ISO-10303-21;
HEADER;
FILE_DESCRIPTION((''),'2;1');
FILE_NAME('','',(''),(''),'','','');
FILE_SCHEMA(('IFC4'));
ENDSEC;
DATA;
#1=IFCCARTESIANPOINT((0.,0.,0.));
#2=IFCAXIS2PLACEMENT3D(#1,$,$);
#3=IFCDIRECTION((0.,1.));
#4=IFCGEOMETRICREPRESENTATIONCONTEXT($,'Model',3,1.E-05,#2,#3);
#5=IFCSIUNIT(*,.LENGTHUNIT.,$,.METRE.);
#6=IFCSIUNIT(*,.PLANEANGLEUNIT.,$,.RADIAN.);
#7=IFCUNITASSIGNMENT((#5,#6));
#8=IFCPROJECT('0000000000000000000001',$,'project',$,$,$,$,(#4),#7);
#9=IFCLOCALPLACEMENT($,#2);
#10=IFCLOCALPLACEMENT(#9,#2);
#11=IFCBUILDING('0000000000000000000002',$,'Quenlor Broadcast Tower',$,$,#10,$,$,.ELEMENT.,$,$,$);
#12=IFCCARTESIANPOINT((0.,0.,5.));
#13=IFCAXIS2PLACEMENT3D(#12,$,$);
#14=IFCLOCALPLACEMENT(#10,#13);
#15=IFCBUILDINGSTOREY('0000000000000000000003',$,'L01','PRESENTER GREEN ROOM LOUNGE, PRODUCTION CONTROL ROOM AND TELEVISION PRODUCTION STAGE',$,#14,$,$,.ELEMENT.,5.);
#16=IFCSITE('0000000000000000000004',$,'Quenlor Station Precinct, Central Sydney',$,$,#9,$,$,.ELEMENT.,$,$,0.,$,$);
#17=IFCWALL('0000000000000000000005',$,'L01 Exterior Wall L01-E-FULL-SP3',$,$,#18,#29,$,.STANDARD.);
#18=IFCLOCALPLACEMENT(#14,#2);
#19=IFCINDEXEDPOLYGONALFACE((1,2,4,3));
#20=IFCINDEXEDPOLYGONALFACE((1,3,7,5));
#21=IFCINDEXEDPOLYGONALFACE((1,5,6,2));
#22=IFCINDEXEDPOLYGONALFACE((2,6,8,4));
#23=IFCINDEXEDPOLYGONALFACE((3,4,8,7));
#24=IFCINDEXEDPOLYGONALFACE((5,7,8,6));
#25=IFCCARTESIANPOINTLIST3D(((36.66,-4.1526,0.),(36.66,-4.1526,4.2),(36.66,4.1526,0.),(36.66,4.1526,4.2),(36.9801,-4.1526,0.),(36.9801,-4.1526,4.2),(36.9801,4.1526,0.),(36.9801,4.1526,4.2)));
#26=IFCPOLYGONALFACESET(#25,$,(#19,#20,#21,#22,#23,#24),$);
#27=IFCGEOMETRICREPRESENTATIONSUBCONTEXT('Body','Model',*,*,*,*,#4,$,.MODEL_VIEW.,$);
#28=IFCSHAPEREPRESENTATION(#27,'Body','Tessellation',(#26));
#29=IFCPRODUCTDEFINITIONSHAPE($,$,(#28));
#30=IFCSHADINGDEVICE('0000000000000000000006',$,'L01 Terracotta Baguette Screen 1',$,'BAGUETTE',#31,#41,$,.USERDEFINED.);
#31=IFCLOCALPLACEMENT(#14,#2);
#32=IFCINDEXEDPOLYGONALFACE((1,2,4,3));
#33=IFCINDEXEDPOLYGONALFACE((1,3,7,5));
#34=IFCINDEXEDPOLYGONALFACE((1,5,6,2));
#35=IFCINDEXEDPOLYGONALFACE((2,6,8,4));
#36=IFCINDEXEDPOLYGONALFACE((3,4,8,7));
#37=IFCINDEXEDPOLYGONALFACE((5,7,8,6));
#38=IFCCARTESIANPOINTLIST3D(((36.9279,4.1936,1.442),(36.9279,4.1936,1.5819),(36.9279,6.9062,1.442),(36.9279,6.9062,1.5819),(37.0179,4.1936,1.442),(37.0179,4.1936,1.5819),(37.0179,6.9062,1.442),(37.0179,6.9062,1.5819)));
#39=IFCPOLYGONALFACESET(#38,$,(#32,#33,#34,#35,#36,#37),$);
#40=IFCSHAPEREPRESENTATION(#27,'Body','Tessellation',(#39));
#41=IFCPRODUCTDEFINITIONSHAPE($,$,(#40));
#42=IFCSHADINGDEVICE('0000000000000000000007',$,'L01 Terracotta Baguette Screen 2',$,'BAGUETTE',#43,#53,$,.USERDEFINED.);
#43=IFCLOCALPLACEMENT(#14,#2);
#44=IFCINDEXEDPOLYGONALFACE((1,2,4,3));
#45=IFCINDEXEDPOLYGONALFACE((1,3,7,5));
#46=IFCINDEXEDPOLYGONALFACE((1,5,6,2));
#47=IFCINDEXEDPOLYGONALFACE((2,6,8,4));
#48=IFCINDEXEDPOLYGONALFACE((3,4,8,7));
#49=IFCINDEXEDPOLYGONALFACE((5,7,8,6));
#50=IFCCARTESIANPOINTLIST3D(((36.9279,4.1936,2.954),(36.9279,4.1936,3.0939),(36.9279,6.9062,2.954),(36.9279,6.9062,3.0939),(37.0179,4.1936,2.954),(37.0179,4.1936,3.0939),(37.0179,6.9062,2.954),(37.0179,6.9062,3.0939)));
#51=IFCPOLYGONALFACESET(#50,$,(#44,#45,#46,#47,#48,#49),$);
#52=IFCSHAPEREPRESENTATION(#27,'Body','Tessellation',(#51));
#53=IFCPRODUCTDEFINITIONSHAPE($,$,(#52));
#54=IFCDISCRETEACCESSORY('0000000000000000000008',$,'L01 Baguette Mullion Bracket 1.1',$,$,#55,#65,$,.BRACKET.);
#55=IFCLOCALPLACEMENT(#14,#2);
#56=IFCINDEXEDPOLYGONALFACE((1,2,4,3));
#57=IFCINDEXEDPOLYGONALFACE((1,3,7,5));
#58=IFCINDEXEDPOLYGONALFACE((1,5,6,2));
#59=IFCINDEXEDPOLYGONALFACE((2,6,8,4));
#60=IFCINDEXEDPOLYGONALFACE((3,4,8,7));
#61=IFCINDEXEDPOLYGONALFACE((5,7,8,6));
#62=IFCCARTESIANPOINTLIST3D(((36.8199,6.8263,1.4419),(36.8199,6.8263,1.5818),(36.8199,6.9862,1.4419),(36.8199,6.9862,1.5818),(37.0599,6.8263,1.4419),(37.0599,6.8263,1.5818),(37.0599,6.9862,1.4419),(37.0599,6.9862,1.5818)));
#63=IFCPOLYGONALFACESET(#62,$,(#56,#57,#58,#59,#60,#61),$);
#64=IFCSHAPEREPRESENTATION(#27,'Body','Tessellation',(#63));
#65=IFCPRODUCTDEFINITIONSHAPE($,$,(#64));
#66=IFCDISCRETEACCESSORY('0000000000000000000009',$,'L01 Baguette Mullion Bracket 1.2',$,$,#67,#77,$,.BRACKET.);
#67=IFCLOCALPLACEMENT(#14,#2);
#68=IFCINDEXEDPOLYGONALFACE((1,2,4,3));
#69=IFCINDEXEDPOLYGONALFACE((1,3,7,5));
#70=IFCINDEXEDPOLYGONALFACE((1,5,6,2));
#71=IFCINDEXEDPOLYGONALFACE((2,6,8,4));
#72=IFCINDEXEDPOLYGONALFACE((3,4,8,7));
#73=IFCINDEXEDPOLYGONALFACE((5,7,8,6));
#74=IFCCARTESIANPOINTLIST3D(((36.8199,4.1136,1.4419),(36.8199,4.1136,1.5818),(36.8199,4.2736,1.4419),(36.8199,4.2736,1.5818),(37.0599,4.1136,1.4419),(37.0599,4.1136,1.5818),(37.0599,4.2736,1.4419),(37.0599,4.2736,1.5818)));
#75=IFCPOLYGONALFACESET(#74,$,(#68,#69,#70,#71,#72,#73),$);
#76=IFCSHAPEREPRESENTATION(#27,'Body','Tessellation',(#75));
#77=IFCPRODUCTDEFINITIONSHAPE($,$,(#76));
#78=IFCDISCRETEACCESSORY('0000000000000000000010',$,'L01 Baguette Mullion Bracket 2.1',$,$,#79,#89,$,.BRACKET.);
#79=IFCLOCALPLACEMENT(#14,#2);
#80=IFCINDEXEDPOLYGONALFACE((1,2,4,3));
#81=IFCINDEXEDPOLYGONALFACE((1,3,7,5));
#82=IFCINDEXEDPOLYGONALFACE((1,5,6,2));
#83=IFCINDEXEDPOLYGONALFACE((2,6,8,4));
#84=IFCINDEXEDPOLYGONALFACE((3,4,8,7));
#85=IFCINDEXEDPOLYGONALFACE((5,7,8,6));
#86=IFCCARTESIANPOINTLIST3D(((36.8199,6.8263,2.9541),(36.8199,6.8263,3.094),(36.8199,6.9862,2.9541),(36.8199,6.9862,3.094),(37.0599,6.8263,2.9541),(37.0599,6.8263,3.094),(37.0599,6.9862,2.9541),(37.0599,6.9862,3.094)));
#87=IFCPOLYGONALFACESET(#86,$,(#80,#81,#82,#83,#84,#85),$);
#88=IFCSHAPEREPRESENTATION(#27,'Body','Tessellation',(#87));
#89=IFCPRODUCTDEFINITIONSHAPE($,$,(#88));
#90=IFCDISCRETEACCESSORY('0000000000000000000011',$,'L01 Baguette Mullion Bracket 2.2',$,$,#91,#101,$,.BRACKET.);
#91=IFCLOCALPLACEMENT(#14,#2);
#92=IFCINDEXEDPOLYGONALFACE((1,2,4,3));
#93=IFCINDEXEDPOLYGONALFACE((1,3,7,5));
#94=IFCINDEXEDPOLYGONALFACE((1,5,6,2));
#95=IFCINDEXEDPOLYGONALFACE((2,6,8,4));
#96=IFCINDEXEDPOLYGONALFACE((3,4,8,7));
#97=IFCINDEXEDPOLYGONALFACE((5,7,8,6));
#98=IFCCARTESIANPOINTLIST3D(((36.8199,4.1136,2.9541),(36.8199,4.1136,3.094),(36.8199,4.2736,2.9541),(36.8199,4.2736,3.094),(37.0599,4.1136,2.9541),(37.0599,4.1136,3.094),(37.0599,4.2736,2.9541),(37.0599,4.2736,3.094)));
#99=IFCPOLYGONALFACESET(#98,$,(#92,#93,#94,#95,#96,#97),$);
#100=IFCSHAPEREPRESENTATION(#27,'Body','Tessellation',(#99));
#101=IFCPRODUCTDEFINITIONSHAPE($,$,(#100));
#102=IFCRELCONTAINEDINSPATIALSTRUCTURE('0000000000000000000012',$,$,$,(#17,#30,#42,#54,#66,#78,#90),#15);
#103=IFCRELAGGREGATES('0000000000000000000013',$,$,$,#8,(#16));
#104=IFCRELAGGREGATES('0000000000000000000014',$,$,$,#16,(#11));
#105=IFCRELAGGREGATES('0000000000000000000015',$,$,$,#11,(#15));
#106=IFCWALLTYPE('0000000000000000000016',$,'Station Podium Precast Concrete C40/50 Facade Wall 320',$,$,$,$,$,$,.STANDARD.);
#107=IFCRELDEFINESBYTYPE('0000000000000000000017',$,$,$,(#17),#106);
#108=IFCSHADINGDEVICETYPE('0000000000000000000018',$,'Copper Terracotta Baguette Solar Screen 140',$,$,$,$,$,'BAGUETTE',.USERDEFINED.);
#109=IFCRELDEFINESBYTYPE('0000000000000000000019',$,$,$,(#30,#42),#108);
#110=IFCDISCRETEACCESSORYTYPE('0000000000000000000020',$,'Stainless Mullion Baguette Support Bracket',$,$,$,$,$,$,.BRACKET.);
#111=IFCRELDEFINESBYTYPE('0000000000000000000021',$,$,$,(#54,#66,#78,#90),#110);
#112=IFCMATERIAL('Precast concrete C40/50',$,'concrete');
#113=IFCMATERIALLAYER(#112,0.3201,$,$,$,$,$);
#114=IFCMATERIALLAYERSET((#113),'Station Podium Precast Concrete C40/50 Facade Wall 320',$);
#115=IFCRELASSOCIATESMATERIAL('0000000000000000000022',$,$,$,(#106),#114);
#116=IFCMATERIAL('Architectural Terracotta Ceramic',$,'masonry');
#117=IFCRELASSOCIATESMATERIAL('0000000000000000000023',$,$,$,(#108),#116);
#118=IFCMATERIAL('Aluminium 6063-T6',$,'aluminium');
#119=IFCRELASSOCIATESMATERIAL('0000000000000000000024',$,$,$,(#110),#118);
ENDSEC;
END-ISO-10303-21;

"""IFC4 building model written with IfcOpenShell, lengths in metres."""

from ifc_helpers import new_model, si_unit, direction, frame, frame_2d, origin, origin_2d, place, context, subcontext, project, spatial, rectangle, extrude, material, layer, layer_set, material_profile, profile_set, type_object, element, save


model = new_model("IFC4")

# Units and contexts
model_context = context("Model", 3, precision=1e-05, world=origin(), true_north=direction((0.0, 1.0)))
body_context = subcontext(model_context, "Body", "Model", "MODEL_VIEW")
ifc_project = project(units=[si_unit("LENGTHUNIT", "METRE"), si_unit("PLANEANGLEUNIT", "RADIAN")], contexts=[model_context])

# Site, building, storey
site_placement = place(None, origin())
site = spatial("IfcSite", under=ifc_project, at=site_placement, Name="Quenlor Station Precinct, Central Sydney", CompositionType="ELEMENT", RefElevation=0.0)
building_placement = place(site_placement, origin())
building = spatial("IfcBuilding", under=site, at=building_placement, Name="Quenlor Broadcast Tower", CompositionType="ELEMENT")
storey_placement = place(building_placement, frame((0.0, 0.0, 5.0)))
storey = spatial("IfcBuildingStorey", under=building, at=storey_placement, Name="L01", Description="PRESENTER GREEN ROOM LOUNGE, PRODUCTION CONTROL ROOM AND TELEVISION PRODUCTION STAGE", CompositionType="ELEMENT", Elevation=5.0)

# Wall
ifc_material_1 = material(Name="Precast concrete C40/50", Category="concrete")
ifc_layer_1 = layer(ifc_material_1, 0.3201)
ifc_layer_set_1 = layer_set([ifc_layer_1], Name="Station Podium Precast Concrete C40/50 Facade Wall 320")
wall_type = type_object("IfcWallType", Name="Station Podium Precast Concrete C40/50 Facade Wall 320", PredefinedType="STANDARD", material=ifc_layer_set_1)
wall_placement = place(storey_placement, frame((36.8201, 4.1526, 0.0), z_axis=(0.0, 0.0, 1.0), x_axis=(0.0, -1.0, 0.0)))
element("IfcWall", 1, at=wall_placement, inside=storey, type_object=wall_type, Name="L01 Exterior Wall L01-E-FULL-SP3", PredefinedType="STANDARD", context=body_context, shape_type="SweptSolid", body=[
    extrude(rectangle(XDim=8.3052, YDim=0.3201, at=frame_2d((4.1526, 0.0))), origin(), (0.0, 0.0, 1.0), 4.2),
])

# Shading devices
ifc_material_2 = material(Name="Architectural Terracotta Ceramic", Category="masonry")
ifc_material_profile_1 = material_profile(ifc_material_2, rectangle(XDim=0.0901, YDim=0.1399, at=origin_2d()))
ifc_profile_set_1 = profile_set([ifc_material_profile_1], Name="Architectural Terracotta Ceramic BAG90x140")
shading_device_type = type_object("IfcShadingDeviceType", Name="Copper Terracotta Baguette Solar Screen 140", ElementType="BAGUETTE", PredefinedType="USERDEFINED", material=ifc_profile_set_1)
for number, where, z_axis, x_axis, name in (
    (2, (36.9729, 6.9062, 1.512), (0.0, -1.0, 0.0), (1.0, 0.0, 0.0), "L01 Terracotta Baguette Screen 1"),
    (3, (36.9729, 6.9062, 3.0239), (0.0, -1.0, 0.0), (1.0, 0.0, 0.0), "L01 Terracotta Baguette Screen 2"),
):
    element("IfcShadingDevice", number, at=place(storey_placement, frame(where, z_axis=z_axis, x_axis=x_axis)), inside=storey, type_object=shading_device_type, Name=name, ObjectType="BAGUETTE", PredefinedType="USERDEFINED", context=body_context, shape_type="SweptSolid", body=[
        extrude(rectangle(XDim=0.0901, YDim=0.1399, at=origin_2d()), origin(), (0.0, 0.0, 1.0), 2.7126),
    ])

# Discrete accessories
ifc_material_3 = material(Name="Aluminium 6063-T6", Category="aluminium")
discrete_accessory_type = type_object("IfcDiscreteAccessoryType", Name="Stainless Mullion Baguette Support Bracket", PredefinedType="BRACKET", material=ifc_material_3)
for number, where, z_axis, x_axis, name in (
    (4, (36.9399, 6.9062, 1.4419), (0.0, 0.0, 1.0), (0.0, -1.0, 0.0), "L01 Baguette Mullion Bracket 1.1"),
    (5, (36.9399, 4.1936, 1.4419), (0.0, 0.0, 1.0), (0.0, -1.0, 0.0), "L01 Baguette Mullion Bracket 1.2"),
    (6, (36.9399, 6.9062, 2.9541), (0.0, 0.0, 1.0), (0.0, -1.0, 0.0), "L01 Baguette Mullion Bracket 2.1"),
    (7, (36.9399, 4.1936, 2.9541), (0.0, 0.0, 1.0), (0.0, -1.0, 0.0), "L01 Baguette Mullion Bracket 2.2"),
):
    element("IfcDiscreteAccessory", number, at=place(storey_placement, frame(where, z_axis=z_axis, x_axis=x_axis)), inside=storey, type_object=discrete_accessory_type, Name=name, PredefinedType="BRACKET", context=body_context, shape_type="SweptSolid", body=[
        extrude(rectangle(XDim=0.1599, YDim=0.24, at=origin_2d()), origin(), (0.0, 0.0, 1.0), 0.1399),
    ])

save(model, "model.ifc")
